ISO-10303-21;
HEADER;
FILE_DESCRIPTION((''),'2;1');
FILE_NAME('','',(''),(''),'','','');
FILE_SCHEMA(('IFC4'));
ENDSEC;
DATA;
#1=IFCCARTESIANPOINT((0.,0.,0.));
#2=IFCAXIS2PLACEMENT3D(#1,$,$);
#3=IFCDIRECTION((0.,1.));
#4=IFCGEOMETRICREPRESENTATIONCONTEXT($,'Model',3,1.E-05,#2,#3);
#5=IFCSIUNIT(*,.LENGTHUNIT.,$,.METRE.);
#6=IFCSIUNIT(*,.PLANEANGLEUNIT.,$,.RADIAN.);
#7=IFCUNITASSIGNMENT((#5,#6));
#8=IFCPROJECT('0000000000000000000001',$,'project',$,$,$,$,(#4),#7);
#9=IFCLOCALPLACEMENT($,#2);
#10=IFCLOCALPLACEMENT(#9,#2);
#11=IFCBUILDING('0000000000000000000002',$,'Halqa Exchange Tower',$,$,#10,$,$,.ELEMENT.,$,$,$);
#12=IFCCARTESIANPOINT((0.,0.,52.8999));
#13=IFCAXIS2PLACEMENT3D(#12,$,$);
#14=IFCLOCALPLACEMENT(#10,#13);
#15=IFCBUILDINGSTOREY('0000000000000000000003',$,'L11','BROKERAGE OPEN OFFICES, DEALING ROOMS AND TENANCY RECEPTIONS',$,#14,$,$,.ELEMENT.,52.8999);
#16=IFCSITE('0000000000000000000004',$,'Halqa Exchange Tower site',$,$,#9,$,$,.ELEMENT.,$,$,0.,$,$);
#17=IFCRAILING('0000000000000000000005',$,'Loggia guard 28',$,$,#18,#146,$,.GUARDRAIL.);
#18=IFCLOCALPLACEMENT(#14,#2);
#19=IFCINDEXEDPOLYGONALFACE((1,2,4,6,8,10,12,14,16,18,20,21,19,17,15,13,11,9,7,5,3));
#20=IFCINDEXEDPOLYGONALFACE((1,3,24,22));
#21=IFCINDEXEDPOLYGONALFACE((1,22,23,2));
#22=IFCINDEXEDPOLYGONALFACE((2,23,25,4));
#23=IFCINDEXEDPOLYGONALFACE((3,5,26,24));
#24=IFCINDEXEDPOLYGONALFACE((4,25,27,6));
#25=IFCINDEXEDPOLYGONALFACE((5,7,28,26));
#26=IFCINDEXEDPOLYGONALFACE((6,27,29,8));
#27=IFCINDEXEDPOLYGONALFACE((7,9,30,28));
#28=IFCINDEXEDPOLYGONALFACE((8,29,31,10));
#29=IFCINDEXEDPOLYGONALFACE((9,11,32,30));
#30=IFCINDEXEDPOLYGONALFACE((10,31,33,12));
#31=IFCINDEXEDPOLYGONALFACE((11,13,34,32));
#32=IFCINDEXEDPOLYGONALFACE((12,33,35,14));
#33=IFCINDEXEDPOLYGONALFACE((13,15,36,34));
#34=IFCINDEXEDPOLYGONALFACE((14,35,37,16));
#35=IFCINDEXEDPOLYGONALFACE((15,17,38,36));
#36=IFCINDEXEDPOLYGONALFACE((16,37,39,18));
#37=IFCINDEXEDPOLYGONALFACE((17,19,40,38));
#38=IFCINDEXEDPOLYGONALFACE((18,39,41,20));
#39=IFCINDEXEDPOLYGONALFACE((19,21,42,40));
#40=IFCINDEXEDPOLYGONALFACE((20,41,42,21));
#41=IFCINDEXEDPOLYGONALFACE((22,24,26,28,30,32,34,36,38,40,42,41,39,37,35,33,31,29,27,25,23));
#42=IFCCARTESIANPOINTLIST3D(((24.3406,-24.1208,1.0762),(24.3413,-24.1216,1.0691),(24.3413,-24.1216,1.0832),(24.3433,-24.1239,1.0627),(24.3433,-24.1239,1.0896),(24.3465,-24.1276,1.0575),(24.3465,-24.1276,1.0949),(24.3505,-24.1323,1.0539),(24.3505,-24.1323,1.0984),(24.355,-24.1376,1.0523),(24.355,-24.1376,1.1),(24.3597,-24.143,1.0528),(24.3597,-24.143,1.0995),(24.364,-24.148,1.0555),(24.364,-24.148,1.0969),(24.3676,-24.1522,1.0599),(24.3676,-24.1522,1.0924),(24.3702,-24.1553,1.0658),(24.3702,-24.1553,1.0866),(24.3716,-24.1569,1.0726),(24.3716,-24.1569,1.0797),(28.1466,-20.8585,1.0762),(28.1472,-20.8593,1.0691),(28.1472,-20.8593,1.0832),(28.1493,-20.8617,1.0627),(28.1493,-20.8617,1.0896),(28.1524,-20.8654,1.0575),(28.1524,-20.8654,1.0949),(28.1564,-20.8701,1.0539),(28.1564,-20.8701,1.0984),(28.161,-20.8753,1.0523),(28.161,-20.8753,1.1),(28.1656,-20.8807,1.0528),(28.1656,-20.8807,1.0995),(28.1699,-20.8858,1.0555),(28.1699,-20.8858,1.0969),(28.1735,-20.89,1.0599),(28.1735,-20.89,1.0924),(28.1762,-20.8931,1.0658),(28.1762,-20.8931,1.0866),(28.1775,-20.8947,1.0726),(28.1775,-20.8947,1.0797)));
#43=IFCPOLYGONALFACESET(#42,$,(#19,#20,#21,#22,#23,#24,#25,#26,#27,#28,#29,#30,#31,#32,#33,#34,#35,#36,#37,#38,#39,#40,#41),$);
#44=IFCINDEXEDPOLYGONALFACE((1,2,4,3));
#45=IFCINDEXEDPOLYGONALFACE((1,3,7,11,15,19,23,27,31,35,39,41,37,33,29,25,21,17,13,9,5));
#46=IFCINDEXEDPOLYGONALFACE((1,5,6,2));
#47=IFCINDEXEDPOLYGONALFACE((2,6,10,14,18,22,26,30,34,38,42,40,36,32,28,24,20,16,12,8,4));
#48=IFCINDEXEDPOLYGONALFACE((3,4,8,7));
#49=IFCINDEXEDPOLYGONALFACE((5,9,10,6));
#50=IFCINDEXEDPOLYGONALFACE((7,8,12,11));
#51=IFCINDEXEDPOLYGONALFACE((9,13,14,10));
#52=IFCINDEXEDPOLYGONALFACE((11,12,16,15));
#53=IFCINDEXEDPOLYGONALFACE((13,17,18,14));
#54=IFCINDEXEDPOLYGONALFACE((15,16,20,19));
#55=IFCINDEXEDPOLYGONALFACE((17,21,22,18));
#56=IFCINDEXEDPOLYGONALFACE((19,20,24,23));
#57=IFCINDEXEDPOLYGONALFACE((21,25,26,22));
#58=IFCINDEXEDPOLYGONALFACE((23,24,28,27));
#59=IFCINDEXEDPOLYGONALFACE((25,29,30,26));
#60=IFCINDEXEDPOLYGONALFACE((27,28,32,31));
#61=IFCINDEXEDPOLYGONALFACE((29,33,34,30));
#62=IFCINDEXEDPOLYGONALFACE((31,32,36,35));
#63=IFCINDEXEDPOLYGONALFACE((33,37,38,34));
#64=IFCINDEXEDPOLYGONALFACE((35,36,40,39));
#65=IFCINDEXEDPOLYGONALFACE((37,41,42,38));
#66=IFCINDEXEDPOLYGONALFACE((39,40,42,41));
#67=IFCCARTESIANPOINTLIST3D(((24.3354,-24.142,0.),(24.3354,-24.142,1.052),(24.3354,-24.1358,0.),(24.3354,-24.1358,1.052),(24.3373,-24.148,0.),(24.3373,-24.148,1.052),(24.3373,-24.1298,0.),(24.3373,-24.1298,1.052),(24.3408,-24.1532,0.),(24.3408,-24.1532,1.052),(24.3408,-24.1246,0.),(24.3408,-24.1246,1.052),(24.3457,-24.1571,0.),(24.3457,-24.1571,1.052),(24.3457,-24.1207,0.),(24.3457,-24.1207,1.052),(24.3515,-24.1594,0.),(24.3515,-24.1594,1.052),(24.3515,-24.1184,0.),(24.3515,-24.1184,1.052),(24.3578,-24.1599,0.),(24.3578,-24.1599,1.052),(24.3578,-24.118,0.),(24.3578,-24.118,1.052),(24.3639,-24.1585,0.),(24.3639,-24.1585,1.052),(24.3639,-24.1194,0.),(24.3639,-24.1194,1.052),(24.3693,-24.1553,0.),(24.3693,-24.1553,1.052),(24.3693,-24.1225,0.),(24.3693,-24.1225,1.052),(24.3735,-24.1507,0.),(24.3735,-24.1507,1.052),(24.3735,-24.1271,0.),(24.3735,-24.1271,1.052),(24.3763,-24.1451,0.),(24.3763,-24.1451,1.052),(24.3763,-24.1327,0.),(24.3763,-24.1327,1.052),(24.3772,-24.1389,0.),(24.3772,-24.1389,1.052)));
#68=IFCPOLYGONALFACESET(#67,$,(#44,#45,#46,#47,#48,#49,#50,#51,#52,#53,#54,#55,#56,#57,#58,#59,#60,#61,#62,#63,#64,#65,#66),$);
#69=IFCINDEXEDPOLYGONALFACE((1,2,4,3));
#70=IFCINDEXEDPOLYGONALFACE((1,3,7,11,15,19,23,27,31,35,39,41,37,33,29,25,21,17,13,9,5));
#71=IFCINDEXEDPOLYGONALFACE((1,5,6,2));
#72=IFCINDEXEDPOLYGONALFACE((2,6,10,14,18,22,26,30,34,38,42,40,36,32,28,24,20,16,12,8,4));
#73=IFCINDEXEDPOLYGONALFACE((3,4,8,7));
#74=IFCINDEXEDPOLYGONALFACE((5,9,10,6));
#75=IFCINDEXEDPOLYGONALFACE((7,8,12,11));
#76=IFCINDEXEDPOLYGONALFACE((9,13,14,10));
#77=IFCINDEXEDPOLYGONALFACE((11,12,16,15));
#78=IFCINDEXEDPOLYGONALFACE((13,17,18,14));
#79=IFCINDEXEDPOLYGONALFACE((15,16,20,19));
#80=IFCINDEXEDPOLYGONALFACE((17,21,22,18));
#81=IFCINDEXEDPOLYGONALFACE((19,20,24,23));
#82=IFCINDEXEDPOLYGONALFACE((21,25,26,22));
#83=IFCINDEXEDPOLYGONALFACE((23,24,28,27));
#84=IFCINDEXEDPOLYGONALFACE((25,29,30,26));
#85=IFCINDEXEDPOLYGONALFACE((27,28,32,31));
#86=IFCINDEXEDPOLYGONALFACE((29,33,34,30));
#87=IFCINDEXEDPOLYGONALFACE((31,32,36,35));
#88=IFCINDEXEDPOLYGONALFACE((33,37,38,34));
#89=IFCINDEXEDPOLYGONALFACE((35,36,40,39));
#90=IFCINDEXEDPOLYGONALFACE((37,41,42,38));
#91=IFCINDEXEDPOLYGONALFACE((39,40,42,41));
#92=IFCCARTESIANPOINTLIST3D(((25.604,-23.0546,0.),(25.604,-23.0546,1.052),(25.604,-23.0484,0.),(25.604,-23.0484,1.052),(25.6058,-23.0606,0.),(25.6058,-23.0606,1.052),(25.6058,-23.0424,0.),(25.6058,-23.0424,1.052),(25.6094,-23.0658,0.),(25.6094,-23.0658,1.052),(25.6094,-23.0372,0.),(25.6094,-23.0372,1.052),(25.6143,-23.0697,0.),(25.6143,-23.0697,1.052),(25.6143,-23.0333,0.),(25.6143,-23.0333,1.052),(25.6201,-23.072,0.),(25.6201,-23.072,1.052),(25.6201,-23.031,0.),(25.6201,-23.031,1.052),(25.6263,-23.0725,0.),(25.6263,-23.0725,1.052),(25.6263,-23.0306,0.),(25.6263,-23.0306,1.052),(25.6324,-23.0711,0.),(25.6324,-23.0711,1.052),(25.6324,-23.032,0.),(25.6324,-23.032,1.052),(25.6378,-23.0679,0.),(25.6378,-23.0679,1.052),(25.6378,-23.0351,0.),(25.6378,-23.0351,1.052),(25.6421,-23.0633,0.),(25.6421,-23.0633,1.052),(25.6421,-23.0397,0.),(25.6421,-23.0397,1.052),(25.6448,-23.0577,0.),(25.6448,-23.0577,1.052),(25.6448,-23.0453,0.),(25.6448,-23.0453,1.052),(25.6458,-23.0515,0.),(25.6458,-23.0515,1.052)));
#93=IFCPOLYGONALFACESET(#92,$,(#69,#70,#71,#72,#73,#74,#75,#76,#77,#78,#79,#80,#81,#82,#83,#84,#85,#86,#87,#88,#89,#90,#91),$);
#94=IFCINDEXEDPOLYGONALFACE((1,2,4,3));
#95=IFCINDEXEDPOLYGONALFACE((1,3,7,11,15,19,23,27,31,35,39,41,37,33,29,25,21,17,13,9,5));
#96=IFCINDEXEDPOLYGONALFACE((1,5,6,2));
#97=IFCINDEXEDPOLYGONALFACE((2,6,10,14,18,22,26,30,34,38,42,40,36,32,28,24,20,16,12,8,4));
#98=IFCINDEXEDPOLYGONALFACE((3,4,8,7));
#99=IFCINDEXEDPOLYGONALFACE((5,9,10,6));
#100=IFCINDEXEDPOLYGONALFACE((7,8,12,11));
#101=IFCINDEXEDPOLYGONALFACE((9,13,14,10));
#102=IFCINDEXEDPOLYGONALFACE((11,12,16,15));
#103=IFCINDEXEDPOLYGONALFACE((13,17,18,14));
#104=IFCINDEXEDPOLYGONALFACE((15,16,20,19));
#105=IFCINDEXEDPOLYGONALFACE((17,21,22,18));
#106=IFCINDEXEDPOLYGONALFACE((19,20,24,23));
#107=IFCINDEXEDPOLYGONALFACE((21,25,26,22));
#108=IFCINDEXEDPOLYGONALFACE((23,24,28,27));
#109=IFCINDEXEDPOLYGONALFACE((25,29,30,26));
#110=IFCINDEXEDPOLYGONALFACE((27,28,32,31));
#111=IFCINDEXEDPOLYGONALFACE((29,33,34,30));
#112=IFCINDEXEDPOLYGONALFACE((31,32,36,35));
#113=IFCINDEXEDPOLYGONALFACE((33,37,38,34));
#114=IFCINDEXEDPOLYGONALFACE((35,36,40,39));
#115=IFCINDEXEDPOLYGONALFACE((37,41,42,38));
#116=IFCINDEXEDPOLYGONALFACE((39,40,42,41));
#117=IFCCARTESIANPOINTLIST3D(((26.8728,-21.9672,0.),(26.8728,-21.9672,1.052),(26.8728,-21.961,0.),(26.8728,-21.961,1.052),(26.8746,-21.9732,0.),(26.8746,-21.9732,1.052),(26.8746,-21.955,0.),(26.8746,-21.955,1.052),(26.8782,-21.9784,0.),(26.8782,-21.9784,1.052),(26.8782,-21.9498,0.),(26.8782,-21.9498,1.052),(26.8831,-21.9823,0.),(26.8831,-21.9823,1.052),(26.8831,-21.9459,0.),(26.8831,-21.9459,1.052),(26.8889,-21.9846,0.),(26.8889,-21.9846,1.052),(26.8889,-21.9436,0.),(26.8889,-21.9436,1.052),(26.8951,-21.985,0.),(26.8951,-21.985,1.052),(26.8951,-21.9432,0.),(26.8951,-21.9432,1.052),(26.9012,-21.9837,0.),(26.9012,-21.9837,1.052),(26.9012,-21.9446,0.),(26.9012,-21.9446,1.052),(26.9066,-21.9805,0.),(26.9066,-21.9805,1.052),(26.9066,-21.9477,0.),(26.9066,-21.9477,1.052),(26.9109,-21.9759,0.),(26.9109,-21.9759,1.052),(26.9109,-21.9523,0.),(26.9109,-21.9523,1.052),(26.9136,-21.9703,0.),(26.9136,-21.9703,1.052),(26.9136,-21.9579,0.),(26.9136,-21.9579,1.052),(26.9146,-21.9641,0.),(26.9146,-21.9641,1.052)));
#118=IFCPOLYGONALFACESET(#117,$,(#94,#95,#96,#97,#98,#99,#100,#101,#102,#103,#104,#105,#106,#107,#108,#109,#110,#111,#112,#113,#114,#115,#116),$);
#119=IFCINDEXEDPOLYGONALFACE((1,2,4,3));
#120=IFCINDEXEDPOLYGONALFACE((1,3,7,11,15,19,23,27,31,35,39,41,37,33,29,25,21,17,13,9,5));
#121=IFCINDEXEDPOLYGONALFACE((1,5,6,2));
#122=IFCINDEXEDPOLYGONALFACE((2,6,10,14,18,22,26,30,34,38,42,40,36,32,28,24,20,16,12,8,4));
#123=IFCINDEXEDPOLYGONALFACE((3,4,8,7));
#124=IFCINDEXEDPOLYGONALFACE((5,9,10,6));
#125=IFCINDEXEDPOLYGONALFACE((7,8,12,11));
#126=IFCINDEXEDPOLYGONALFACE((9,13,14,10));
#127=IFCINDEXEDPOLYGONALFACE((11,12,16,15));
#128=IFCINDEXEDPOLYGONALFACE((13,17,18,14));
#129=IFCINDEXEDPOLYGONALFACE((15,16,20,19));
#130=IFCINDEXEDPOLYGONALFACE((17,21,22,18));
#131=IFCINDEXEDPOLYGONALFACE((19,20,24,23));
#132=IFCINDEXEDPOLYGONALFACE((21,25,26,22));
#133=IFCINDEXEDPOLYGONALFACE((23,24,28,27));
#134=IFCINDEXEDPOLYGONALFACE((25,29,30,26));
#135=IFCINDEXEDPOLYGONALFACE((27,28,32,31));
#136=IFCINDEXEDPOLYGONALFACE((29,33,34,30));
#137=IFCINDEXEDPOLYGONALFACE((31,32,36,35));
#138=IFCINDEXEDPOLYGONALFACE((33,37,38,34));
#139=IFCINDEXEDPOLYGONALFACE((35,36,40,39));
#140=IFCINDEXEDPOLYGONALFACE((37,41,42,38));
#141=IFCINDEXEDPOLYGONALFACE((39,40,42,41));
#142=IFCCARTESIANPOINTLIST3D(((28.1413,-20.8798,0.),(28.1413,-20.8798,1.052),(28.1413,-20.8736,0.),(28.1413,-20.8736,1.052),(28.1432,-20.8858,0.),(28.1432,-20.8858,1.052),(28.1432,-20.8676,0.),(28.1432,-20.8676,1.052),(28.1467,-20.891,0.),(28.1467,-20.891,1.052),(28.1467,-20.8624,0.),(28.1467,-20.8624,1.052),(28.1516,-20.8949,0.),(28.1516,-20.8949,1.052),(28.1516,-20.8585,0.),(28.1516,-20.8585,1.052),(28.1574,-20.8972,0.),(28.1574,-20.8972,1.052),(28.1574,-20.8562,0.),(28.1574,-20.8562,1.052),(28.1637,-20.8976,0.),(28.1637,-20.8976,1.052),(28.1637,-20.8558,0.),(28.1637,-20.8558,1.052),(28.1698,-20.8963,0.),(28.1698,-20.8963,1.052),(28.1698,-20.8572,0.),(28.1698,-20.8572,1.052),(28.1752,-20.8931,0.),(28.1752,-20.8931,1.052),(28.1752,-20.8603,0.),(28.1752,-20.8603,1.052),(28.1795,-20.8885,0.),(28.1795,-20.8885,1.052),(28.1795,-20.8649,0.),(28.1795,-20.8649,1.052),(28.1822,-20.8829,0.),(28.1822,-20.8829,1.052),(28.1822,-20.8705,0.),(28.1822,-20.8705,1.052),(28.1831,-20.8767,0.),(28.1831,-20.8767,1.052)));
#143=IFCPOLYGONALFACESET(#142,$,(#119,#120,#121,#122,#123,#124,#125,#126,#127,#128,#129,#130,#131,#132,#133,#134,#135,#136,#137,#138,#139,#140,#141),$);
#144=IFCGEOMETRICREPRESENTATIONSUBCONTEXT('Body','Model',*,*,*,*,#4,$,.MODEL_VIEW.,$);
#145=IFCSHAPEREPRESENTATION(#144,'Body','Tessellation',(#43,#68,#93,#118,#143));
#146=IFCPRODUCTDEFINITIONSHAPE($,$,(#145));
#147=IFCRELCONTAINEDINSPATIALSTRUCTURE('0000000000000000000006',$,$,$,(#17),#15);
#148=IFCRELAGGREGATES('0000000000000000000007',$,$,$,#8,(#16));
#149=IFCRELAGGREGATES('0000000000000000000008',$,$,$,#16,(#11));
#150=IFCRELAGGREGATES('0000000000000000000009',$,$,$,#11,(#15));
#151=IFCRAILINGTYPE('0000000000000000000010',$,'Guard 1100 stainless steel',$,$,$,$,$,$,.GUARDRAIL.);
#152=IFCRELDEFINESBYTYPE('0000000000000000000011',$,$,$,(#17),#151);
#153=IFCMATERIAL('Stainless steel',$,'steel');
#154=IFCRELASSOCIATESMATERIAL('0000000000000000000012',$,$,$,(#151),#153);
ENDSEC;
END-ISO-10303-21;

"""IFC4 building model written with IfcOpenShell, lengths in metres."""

from ifc_helpers import new_model, si_unit, direction, frame, origin, origin_2d, place, context, subcontext, project, spatial, circle, extrude, material, type_object, element, save


model = new_model("IFC4")

# Units and contexts
model_context = context("Model", 3, precision=1e-05, world=origin(), true_north=direction((0.0, 1.0)))
body_context = subcontext(model_context, "Body", "Model", "MODEL_VIEW")
ifc_project = project(units=[si_unit("LENGTHUNIT", "METRE"), si_unit("PLANEANGLEUNIT", "RADIAN")], contexts=[model_context])

# Site, building, storey
site_placement = place(None, origin())
site = spatial("IfcSite", under=ifc_project, at=site_placement, Name="Halqa Exchange Tower site", CompositionType="ELEMENT", RefElevation=0.0)
building_placement = place(site_placement, origin())
building = spatial("IfcBuilding", under=site, at=building_placement, Name="Halqa Exchange Tower", CompositionType="ELEMENT")
storey_placement = place(building_placement, frame((0.0, 0.0, 52.8999)))
storey = spatial("IfcBuildingStorey", under=building, at=storey_placement, Name="L11", Description="BROKERAGE OPEN OFFICES, DEALING ROOMS AND TENANCY RECEPTIONS", CompositionType="ELEMENT", Elevation=52.8999)

# Railing
ifc_material_1 = material(Name="Stainless steel", Category="steel")
railing_type = type_object("IfcRailingType", Name="Guard 1100 stainless steel", PredefinedType="GUARDRAIL", material=ifc_material_1)
railing_1_placement = place(storey_placement, frame((24.3562, -24.1389, 0.0)))
element("IfcRailing", 1, at=railing_1_placement, inside=storey, type_object=railing_type, Name="Loggia guard 28", PredefinedType="GUARDRAIL", context=body_context, shape_type="SweptSolid", body=[
    extrude(circle(Radius=0.0239, at=origin_2d()), frame((0.0, 0.0, 1.0762), z_axis=(0.759257, 0.650791, 0.0), x_axis=(-0.650791, 0.759257, 0.0)), (0.0, 0.0, 1.0), 5.0127),
    extrude(circle(Radius=0.021, at=origin_2d()), origin(), (0.0, 0.0, 1.0), 1.052),
    extrude(circle(Radius=0.021, at=origin_2d()), frame((1.2686, 1.0874, 0.0)), (0.0, 0.0, 1.0), 1.052),
    extrude(circle(Radius=0.021, at=origin_2d()), frame((2.5374, 2.1748, 0.0)), (0.0, 0.0, 1.0), 1.052),
    extrude(circle(Radius=0.021, at=origin_2d()), frame((3.8059, 3.2622, 0.0)), (0.0, 0.0, 1.0), 1.052),
])

save(model, "model.ifc")
